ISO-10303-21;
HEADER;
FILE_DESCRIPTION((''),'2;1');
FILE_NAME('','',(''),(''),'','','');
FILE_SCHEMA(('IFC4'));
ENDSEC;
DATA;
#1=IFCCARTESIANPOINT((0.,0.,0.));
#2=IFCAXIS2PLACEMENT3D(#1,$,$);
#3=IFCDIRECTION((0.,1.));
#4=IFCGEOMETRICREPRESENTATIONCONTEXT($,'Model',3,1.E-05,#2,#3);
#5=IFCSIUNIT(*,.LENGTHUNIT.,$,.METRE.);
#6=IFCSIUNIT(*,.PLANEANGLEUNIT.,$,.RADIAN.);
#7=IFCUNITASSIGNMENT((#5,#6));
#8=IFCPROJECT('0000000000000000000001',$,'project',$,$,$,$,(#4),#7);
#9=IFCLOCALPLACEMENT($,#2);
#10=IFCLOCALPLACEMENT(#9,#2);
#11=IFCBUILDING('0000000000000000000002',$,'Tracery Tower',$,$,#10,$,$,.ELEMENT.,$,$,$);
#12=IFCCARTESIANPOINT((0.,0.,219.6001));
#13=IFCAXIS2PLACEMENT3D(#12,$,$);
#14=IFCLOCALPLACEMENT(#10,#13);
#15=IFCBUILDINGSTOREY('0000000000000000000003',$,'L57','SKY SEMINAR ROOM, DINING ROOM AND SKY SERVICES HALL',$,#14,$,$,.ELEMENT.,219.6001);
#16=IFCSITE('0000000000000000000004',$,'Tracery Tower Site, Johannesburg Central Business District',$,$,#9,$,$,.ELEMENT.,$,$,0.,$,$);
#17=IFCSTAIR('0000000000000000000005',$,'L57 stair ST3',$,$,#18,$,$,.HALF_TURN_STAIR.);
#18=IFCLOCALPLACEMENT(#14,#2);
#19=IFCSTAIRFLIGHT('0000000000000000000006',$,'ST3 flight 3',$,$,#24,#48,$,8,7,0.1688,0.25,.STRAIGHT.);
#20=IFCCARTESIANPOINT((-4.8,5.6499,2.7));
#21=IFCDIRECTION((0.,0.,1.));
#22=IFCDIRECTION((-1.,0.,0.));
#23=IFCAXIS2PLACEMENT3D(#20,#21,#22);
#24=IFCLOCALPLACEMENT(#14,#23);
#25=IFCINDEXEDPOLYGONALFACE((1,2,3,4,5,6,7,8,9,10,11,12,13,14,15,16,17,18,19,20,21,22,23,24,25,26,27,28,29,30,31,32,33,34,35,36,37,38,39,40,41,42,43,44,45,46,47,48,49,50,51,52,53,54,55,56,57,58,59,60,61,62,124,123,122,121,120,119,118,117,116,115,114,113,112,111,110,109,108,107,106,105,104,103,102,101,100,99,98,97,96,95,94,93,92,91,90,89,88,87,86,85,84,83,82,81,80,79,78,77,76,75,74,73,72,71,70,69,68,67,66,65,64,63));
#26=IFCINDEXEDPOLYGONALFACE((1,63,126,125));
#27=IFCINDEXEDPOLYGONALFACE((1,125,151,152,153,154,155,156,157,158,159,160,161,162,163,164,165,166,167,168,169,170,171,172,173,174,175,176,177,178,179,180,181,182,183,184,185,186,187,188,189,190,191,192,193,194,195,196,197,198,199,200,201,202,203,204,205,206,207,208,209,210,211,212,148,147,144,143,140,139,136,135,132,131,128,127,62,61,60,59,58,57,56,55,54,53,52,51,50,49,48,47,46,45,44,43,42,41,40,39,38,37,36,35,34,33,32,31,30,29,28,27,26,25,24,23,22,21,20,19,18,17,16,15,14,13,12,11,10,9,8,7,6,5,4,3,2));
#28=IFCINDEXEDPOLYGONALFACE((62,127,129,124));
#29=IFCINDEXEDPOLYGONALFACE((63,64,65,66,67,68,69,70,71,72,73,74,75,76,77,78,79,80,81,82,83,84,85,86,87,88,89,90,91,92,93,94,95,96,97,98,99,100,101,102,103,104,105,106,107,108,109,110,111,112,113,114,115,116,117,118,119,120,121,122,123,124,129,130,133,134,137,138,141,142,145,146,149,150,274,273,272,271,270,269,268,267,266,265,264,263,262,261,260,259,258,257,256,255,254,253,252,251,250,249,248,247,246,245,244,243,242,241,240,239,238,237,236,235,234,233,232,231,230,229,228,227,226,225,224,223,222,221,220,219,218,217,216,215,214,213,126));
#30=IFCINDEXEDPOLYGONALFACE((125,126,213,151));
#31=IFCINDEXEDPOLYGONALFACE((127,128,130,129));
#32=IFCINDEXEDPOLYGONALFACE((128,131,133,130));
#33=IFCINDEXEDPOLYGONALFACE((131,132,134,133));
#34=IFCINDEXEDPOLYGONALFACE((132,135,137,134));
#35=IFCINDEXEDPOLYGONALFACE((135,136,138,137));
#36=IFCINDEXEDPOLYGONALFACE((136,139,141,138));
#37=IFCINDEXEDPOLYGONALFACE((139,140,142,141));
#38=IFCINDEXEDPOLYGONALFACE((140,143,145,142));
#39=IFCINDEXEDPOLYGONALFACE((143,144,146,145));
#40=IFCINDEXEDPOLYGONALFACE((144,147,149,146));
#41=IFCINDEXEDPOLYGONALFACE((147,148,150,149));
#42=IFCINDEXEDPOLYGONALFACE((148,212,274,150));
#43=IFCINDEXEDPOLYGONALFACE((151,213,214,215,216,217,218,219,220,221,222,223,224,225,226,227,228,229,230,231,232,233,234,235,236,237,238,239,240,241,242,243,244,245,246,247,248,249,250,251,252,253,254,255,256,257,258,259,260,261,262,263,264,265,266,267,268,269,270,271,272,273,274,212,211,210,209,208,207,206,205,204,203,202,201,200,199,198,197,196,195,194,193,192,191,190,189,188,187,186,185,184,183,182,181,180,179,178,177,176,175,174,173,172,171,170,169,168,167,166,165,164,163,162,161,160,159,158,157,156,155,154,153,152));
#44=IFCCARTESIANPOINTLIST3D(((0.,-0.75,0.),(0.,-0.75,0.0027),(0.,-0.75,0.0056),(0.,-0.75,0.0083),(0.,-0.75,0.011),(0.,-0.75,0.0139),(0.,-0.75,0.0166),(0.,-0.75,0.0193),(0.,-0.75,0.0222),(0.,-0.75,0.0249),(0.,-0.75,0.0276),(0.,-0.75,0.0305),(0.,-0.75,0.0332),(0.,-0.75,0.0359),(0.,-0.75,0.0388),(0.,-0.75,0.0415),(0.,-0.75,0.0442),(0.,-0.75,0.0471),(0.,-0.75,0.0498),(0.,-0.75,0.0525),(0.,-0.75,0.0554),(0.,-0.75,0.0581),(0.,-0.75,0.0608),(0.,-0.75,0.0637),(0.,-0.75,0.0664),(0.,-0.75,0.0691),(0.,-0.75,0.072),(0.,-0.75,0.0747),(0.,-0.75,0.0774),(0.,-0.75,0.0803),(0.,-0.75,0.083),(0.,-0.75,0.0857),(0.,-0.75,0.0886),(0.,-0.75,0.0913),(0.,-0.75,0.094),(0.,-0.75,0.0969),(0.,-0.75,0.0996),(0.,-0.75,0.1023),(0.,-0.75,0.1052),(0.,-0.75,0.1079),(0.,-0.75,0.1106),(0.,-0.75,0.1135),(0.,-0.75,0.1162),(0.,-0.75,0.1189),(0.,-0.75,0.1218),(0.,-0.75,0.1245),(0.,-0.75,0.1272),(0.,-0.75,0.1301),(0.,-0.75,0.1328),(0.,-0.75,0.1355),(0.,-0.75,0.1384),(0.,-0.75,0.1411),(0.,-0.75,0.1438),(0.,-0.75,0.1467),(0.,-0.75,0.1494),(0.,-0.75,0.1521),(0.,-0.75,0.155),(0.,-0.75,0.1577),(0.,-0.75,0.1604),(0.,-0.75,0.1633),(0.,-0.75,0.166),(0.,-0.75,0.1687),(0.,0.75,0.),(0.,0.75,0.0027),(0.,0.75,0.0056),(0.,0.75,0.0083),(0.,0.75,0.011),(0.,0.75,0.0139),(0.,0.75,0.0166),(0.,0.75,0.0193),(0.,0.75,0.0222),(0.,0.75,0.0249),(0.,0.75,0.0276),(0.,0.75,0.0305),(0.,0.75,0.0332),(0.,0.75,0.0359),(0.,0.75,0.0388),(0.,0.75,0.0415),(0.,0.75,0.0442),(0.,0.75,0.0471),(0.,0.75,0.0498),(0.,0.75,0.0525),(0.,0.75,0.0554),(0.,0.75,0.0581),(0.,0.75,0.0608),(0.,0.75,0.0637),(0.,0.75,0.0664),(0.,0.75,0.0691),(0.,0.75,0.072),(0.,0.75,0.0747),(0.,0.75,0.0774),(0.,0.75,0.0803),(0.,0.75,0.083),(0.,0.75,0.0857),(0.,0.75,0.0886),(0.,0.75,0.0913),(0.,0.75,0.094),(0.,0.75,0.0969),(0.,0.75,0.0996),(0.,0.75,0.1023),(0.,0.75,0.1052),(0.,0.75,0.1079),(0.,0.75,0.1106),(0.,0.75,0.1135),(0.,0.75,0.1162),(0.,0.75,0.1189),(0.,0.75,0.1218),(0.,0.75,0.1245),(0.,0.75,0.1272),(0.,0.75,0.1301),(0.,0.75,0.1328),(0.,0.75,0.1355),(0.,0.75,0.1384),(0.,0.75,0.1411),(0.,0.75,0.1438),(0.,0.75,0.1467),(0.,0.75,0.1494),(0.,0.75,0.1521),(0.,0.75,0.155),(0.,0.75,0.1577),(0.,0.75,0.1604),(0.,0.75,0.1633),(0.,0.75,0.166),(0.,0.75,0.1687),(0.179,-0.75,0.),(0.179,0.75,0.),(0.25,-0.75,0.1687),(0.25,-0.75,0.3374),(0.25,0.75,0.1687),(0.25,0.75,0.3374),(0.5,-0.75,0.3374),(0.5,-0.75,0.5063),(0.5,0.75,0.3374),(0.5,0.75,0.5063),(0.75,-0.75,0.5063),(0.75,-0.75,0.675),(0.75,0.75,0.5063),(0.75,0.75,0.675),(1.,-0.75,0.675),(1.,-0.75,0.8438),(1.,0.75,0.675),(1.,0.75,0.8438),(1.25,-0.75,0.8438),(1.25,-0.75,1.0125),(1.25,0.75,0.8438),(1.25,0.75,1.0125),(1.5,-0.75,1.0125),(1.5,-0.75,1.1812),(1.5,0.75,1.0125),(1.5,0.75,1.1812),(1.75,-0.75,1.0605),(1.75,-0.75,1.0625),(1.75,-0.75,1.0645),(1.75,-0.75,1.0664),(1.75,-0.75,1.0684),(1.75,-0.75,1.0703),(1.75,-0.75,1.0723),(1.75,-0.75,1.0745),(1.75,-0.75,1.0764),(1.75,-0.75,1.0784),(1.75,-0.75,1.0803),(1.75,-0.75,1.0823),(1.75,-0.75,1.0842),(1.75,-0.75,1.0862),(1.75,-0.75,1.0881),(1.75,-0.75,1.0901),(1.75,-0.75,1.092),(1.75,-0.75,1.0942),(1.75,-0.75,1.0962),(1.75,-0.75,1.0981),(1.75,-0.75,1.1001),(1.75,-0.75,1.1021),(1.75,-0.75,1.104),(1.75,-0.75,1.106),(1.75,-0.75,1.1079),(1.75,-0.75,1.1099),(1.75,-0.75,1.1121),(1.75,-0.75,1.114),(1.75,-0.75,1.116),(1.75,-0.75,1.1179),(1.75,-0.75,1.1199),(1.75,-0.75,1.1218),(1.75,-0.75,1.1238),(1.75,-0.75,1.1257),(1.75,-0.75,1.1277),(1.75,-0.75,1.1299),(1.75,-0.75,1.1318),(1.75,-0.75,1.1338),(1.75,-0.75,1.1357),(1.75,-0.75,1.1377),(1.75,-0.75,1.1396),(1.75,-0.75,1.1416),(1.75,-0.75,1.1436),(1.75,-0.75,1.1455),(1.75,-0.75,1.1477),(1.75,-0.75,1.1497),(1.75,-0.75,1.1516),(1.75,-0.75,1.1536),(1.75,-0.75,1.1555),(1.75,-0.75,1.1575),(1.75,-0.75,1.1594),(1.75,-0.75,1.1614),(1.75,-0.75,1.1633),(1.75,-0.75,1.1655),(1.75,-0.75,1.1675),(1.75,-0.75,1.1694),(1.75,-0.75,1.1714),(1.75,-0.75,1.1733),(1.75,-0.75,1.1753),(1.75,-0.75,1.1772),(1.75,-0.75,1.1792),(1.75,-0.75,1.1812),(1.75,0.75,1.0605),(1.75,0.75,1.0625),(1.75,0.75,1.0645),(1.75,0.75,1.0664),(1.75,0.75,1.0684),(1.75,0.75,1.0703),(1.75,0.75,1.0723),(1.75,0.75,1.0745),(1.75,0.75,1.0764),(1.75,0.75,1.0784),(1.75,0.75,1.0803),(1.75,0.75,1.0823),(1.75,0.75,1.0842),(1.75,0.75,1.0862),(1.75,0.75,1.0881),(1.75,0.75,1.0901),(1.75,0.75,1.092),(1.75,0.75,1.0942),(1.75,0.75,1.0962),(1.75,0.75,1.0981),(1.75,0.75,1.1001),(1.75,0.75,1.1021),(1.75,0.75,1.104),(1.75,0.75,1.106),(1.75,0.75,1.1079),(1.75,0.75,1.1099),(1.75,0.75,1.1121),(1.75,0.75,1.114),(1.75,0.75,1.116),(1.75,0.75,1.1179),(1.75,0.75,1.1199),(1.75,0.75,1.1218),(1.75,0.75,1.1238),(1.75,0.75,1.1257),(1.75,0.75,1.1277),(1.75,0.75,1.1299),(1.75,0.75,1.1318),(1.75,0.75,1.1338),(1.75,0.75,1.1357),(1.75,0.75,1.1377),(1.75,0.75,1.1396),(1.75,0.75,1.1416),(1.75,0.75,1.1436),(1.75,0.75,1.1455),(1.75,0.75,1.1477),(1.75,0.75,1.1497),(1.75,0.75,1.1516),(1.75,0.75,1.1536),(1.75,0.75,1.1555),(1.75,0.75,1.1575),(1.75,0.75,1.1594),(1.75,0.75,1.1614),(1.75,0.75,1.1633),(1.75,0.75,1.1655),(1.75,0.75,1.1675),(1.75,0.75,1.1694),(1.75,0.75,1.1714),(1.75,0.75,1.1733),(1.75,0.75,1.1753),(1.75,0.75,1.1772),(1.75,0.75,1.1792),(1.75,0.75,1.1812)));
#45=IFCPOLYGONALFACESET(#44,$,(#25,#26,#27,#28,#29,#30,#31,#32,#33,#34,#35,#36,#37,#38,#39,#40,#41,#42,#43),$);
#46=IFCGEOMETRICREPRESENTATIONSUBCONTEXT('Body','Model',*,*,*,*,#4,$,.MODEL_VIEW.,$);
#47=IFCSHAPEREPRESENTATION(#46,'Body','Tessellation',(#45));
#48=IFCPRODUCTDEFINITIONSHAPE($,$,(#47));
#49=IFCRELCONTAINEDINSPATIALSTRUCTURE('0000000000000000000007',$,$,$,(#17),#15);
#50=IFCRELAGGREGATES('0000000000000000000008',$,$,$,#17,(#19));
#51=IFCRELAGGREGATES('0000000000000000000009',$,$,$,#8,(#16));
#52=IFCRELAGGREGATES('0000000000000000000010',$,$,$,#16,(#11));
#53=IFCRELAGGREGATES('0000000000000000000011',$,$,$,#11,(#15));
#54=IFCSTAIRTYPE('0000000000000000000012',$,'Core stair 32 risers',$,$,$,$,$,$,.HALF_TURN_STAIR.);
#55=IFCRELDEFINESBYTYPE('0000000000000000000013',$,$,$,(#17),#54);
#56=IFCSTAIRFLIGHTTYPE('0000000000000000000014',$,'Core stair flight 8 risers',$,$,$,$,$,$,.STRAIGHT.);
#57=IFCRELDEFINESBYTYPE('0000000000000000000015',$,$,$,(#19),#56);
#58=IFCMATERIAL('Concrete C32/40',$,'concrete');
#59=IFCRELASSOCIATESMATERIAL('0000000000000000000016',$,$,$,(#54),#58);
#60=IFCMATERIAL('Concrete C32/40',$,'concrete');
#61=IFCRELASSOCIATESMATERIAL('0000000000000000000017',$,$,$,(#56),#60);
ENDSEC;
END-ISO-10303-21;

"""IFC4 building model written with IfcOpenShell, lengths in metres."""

from ifc_helpers import new_model, si_unit, direction, frame, origin, place, context, subcontext, project, spatial, polyline, outline, extrude, material, type_object, element, aggregate, save


model = new_model("IFC4")

# Units and contexts
model_context = context("Model", 3, precision=1e-05, world=origin(), true_north=direction((0.0, 1.0)))
body_context = subcontext(model_context, "Body", "Model", "MODEL_VIEW")
ifc_project = project(units=[si_unit("LENGTHUNIT", "METRE"), si_unit("PLANEANGLEUNIT", "RADIAN")], contexts=[model_context])

# Site, building, storey
site_placement = place(None, origin())
site = spatial("IfcSite", under=ifc_project, at=site_placement, Name="Tracery Tower Site, Johannesburg Central Business District", CompositionType="ELEMENT", RefElevation=0.0)
building_placement = place(site_placement, origin())
building = spatial("IfcBuilding", under=site, at=building_placement, Name="Tracery Tower", CompositionType="ELEMENT")
storey_placement = place(building_placement, frame((0.0, 0.0, 219.6001)))
storey = spatial("IfcBuildingStorey", under=building, at=storey_placement, Name="L57", Description="SKY SEMINAR ROOM, DINING ROOM AND SKY SERVICES HALL", CompositionType="ELEMENT", Elevation=219.6001)

# Stair, stair flight
ifc_material_1 = material(Name="Concrete C32/40", Category="concrete")
stair_type = type_object("IfcStairType", Name="Core stair 32 risers", PredefinedType="HALF_TURN_STAIR", material=ifc_material_1)
stair_placement = place(storey_placement, origin())
stair = element("IfcStair", 1, at=stair_placement, inside=storey, type_object=stair_type, Name="L57 stair ST3", PredefinedType="HALF_TURN_STAIR")
ifc_material_2 = material(Name="Concrete C32/40", Category="concrete")
stair_flight_type = type_object("IfcStairFlightType", Name="Core stair flight 8 risers", PredefinedType="STRAIGHT", material=ifc_material_2)
stair_flight_1_placement = place(storey_placement, frame((-4.8, 5.6499, 2.7), z_axis=(0.0, 0.0, 1.0), x_axis=(-1.0, 0.0, 0.0)))
stair_flight_1 = element("IfcStairFlight", 2, at=stair_flight_1_placement, type_object=stair_flight_type, Name="ST3 flight 3", NumberOfRisers=8, NumberOfTreads=7, PredefinedType="STRAIGHT", RiserHeight=0.1688, TreadLength=0.25, context=body_context, shape_type="SweptSolid", body=[
    extrude(outline(polyline([(0.0, 0.0), (0.0, 0.0027), (0.0, 0.0056), (0.0, 0.0083), (0.0, 0.011), (0.0, 0.0139), (0.0, 0.0166), (0.0, 0.0193), (0.0, 0.0222), (0.0, 0.0249), (0.0, 0.0276), (0.0, 0.0305), (0.0, 0.0332), (0.0, 0.0359), (0.0, 0.0388), (0.0, 0.0415), (0.0, 0.0442), (0.0, 0.0471), (0.0, 0.0498), (0.0, 0.0525), (0.0, 0.0554), (0.0, 0.0581), (0.0, 0.0608), (0.0, 0.0637), (0.0, 0.0664), (0.0, 0.0691), (0.0, 0.072), (0.0, 0.0747), (0.0, 0.0774), (0.0, 0.0803), (0.0, 0.083), (0.0, 0.0857), (0.0, 0.0886), (0.0, 0.0913), (0.0, 0.094), (0.0, 0.0969), (0.0, 0.0996), (0.0, 0.1023), (0.0, 0.1052), (0.0, 0.1079), (0.0, 0.1106), (0.0, 0.1135), (0.0, 0.1162), (0.0, 0.1189), (0.0, 0.1218), (0.0, 0.1245), (0.0, 0.1272), (0.0, 0.1301), (0.0, 0.1328), (0.0, 0.1355), (0.0, 0.1384), (0.0, 0.1411), (0.0, 0.1438), (0.0, 0.1467), (0.0, 0.1494), (0.0, 0.1521), (0.0, 0.155), (0.0, 0.1577), (0.0, 0.1604), (0.0, 0.1633), (0.0, 0.166), (0.0, 0.1687), (0.25, 0.1687), (0.25, 0.3374), (0.5, 0.3374), (0.5, 0.5063), (0.75, 0.5063), (0.75, 0.675), (1.0, 0.675), (1.0, 0.8438), (1.25, 0.8438), (1.25, 1.0125), (1.5, 1.0125), (1.5, 1.1812), (1.75, 1.1812), (1.75, 1.1792), (1.75, 1.1772), (1.75, 1.1753), (1.75, 1.1733), (1.75, 1.1714), (1.75, 1.1694), (1.75, 1.1675), (1.75, 1.1655), (1.75, 1.1633), (1.75, 1.1614), (1.75, 1.1594), (1.75, 1.1575), (1.75, 1.1555), (1.75, 1.1536), (1.75, 1.1516), (1.75, 1.1497), (1.75, 1.1477), (1.75, 1.1455), (1.75, 1.1436), (1.75, 1.1416), (1.75, 1.1396), (1.75, 1.1377), (1.75, 1.1357), (1.75, 1.1338), (1.75, 1.1318), (1.75, 1.1299), (1.75, 1.1277), (1.75, 1.1257), (1.75, 1.1238), (1.75, 1.1218), (1.75, 1.1199), (1.75, 1.1179), (1.75, 1.116), (1.75, 1.114), (1.75, 1.1121), (1.75, 1.1099), (1.75, 1.1079), (1.75, 1.106), (1.75, 1.104), (1.75, 1.1021), (1.75, 1.1001), (1.75, 1.0981), (1.75, 1.0962), (1.75, 1.0942), (1.75, 1.092), (1.75, 1.0901), (1.75, 1.0881), (1.75, 1.0862), (1.75, 1.0842), (1.75, 1.0823), (1.75, 1.0803), (1.75, 1.0784), (1.75, 1.0764), (1.75, 1.0745), (1.75, 1.0723), (1.75, 1.0703), (1.75, 1.0684), (1.75, 1.0664), (1.75, 1.0645), (1.75, 1.0625), (1.75, 1.0605), (0.179, 0.0), (0.0, 0.0)])), frame((0.0, 0.75, 0.0), z_axis=(0.0, -1.0, 0.0), x_axis=(1.0, 0.0, 0.0)), (0.0, 0.0, 1.0), 1.5),
])
aggregate(stair, [stair_flight_1])

save(model, "model.ifc")
